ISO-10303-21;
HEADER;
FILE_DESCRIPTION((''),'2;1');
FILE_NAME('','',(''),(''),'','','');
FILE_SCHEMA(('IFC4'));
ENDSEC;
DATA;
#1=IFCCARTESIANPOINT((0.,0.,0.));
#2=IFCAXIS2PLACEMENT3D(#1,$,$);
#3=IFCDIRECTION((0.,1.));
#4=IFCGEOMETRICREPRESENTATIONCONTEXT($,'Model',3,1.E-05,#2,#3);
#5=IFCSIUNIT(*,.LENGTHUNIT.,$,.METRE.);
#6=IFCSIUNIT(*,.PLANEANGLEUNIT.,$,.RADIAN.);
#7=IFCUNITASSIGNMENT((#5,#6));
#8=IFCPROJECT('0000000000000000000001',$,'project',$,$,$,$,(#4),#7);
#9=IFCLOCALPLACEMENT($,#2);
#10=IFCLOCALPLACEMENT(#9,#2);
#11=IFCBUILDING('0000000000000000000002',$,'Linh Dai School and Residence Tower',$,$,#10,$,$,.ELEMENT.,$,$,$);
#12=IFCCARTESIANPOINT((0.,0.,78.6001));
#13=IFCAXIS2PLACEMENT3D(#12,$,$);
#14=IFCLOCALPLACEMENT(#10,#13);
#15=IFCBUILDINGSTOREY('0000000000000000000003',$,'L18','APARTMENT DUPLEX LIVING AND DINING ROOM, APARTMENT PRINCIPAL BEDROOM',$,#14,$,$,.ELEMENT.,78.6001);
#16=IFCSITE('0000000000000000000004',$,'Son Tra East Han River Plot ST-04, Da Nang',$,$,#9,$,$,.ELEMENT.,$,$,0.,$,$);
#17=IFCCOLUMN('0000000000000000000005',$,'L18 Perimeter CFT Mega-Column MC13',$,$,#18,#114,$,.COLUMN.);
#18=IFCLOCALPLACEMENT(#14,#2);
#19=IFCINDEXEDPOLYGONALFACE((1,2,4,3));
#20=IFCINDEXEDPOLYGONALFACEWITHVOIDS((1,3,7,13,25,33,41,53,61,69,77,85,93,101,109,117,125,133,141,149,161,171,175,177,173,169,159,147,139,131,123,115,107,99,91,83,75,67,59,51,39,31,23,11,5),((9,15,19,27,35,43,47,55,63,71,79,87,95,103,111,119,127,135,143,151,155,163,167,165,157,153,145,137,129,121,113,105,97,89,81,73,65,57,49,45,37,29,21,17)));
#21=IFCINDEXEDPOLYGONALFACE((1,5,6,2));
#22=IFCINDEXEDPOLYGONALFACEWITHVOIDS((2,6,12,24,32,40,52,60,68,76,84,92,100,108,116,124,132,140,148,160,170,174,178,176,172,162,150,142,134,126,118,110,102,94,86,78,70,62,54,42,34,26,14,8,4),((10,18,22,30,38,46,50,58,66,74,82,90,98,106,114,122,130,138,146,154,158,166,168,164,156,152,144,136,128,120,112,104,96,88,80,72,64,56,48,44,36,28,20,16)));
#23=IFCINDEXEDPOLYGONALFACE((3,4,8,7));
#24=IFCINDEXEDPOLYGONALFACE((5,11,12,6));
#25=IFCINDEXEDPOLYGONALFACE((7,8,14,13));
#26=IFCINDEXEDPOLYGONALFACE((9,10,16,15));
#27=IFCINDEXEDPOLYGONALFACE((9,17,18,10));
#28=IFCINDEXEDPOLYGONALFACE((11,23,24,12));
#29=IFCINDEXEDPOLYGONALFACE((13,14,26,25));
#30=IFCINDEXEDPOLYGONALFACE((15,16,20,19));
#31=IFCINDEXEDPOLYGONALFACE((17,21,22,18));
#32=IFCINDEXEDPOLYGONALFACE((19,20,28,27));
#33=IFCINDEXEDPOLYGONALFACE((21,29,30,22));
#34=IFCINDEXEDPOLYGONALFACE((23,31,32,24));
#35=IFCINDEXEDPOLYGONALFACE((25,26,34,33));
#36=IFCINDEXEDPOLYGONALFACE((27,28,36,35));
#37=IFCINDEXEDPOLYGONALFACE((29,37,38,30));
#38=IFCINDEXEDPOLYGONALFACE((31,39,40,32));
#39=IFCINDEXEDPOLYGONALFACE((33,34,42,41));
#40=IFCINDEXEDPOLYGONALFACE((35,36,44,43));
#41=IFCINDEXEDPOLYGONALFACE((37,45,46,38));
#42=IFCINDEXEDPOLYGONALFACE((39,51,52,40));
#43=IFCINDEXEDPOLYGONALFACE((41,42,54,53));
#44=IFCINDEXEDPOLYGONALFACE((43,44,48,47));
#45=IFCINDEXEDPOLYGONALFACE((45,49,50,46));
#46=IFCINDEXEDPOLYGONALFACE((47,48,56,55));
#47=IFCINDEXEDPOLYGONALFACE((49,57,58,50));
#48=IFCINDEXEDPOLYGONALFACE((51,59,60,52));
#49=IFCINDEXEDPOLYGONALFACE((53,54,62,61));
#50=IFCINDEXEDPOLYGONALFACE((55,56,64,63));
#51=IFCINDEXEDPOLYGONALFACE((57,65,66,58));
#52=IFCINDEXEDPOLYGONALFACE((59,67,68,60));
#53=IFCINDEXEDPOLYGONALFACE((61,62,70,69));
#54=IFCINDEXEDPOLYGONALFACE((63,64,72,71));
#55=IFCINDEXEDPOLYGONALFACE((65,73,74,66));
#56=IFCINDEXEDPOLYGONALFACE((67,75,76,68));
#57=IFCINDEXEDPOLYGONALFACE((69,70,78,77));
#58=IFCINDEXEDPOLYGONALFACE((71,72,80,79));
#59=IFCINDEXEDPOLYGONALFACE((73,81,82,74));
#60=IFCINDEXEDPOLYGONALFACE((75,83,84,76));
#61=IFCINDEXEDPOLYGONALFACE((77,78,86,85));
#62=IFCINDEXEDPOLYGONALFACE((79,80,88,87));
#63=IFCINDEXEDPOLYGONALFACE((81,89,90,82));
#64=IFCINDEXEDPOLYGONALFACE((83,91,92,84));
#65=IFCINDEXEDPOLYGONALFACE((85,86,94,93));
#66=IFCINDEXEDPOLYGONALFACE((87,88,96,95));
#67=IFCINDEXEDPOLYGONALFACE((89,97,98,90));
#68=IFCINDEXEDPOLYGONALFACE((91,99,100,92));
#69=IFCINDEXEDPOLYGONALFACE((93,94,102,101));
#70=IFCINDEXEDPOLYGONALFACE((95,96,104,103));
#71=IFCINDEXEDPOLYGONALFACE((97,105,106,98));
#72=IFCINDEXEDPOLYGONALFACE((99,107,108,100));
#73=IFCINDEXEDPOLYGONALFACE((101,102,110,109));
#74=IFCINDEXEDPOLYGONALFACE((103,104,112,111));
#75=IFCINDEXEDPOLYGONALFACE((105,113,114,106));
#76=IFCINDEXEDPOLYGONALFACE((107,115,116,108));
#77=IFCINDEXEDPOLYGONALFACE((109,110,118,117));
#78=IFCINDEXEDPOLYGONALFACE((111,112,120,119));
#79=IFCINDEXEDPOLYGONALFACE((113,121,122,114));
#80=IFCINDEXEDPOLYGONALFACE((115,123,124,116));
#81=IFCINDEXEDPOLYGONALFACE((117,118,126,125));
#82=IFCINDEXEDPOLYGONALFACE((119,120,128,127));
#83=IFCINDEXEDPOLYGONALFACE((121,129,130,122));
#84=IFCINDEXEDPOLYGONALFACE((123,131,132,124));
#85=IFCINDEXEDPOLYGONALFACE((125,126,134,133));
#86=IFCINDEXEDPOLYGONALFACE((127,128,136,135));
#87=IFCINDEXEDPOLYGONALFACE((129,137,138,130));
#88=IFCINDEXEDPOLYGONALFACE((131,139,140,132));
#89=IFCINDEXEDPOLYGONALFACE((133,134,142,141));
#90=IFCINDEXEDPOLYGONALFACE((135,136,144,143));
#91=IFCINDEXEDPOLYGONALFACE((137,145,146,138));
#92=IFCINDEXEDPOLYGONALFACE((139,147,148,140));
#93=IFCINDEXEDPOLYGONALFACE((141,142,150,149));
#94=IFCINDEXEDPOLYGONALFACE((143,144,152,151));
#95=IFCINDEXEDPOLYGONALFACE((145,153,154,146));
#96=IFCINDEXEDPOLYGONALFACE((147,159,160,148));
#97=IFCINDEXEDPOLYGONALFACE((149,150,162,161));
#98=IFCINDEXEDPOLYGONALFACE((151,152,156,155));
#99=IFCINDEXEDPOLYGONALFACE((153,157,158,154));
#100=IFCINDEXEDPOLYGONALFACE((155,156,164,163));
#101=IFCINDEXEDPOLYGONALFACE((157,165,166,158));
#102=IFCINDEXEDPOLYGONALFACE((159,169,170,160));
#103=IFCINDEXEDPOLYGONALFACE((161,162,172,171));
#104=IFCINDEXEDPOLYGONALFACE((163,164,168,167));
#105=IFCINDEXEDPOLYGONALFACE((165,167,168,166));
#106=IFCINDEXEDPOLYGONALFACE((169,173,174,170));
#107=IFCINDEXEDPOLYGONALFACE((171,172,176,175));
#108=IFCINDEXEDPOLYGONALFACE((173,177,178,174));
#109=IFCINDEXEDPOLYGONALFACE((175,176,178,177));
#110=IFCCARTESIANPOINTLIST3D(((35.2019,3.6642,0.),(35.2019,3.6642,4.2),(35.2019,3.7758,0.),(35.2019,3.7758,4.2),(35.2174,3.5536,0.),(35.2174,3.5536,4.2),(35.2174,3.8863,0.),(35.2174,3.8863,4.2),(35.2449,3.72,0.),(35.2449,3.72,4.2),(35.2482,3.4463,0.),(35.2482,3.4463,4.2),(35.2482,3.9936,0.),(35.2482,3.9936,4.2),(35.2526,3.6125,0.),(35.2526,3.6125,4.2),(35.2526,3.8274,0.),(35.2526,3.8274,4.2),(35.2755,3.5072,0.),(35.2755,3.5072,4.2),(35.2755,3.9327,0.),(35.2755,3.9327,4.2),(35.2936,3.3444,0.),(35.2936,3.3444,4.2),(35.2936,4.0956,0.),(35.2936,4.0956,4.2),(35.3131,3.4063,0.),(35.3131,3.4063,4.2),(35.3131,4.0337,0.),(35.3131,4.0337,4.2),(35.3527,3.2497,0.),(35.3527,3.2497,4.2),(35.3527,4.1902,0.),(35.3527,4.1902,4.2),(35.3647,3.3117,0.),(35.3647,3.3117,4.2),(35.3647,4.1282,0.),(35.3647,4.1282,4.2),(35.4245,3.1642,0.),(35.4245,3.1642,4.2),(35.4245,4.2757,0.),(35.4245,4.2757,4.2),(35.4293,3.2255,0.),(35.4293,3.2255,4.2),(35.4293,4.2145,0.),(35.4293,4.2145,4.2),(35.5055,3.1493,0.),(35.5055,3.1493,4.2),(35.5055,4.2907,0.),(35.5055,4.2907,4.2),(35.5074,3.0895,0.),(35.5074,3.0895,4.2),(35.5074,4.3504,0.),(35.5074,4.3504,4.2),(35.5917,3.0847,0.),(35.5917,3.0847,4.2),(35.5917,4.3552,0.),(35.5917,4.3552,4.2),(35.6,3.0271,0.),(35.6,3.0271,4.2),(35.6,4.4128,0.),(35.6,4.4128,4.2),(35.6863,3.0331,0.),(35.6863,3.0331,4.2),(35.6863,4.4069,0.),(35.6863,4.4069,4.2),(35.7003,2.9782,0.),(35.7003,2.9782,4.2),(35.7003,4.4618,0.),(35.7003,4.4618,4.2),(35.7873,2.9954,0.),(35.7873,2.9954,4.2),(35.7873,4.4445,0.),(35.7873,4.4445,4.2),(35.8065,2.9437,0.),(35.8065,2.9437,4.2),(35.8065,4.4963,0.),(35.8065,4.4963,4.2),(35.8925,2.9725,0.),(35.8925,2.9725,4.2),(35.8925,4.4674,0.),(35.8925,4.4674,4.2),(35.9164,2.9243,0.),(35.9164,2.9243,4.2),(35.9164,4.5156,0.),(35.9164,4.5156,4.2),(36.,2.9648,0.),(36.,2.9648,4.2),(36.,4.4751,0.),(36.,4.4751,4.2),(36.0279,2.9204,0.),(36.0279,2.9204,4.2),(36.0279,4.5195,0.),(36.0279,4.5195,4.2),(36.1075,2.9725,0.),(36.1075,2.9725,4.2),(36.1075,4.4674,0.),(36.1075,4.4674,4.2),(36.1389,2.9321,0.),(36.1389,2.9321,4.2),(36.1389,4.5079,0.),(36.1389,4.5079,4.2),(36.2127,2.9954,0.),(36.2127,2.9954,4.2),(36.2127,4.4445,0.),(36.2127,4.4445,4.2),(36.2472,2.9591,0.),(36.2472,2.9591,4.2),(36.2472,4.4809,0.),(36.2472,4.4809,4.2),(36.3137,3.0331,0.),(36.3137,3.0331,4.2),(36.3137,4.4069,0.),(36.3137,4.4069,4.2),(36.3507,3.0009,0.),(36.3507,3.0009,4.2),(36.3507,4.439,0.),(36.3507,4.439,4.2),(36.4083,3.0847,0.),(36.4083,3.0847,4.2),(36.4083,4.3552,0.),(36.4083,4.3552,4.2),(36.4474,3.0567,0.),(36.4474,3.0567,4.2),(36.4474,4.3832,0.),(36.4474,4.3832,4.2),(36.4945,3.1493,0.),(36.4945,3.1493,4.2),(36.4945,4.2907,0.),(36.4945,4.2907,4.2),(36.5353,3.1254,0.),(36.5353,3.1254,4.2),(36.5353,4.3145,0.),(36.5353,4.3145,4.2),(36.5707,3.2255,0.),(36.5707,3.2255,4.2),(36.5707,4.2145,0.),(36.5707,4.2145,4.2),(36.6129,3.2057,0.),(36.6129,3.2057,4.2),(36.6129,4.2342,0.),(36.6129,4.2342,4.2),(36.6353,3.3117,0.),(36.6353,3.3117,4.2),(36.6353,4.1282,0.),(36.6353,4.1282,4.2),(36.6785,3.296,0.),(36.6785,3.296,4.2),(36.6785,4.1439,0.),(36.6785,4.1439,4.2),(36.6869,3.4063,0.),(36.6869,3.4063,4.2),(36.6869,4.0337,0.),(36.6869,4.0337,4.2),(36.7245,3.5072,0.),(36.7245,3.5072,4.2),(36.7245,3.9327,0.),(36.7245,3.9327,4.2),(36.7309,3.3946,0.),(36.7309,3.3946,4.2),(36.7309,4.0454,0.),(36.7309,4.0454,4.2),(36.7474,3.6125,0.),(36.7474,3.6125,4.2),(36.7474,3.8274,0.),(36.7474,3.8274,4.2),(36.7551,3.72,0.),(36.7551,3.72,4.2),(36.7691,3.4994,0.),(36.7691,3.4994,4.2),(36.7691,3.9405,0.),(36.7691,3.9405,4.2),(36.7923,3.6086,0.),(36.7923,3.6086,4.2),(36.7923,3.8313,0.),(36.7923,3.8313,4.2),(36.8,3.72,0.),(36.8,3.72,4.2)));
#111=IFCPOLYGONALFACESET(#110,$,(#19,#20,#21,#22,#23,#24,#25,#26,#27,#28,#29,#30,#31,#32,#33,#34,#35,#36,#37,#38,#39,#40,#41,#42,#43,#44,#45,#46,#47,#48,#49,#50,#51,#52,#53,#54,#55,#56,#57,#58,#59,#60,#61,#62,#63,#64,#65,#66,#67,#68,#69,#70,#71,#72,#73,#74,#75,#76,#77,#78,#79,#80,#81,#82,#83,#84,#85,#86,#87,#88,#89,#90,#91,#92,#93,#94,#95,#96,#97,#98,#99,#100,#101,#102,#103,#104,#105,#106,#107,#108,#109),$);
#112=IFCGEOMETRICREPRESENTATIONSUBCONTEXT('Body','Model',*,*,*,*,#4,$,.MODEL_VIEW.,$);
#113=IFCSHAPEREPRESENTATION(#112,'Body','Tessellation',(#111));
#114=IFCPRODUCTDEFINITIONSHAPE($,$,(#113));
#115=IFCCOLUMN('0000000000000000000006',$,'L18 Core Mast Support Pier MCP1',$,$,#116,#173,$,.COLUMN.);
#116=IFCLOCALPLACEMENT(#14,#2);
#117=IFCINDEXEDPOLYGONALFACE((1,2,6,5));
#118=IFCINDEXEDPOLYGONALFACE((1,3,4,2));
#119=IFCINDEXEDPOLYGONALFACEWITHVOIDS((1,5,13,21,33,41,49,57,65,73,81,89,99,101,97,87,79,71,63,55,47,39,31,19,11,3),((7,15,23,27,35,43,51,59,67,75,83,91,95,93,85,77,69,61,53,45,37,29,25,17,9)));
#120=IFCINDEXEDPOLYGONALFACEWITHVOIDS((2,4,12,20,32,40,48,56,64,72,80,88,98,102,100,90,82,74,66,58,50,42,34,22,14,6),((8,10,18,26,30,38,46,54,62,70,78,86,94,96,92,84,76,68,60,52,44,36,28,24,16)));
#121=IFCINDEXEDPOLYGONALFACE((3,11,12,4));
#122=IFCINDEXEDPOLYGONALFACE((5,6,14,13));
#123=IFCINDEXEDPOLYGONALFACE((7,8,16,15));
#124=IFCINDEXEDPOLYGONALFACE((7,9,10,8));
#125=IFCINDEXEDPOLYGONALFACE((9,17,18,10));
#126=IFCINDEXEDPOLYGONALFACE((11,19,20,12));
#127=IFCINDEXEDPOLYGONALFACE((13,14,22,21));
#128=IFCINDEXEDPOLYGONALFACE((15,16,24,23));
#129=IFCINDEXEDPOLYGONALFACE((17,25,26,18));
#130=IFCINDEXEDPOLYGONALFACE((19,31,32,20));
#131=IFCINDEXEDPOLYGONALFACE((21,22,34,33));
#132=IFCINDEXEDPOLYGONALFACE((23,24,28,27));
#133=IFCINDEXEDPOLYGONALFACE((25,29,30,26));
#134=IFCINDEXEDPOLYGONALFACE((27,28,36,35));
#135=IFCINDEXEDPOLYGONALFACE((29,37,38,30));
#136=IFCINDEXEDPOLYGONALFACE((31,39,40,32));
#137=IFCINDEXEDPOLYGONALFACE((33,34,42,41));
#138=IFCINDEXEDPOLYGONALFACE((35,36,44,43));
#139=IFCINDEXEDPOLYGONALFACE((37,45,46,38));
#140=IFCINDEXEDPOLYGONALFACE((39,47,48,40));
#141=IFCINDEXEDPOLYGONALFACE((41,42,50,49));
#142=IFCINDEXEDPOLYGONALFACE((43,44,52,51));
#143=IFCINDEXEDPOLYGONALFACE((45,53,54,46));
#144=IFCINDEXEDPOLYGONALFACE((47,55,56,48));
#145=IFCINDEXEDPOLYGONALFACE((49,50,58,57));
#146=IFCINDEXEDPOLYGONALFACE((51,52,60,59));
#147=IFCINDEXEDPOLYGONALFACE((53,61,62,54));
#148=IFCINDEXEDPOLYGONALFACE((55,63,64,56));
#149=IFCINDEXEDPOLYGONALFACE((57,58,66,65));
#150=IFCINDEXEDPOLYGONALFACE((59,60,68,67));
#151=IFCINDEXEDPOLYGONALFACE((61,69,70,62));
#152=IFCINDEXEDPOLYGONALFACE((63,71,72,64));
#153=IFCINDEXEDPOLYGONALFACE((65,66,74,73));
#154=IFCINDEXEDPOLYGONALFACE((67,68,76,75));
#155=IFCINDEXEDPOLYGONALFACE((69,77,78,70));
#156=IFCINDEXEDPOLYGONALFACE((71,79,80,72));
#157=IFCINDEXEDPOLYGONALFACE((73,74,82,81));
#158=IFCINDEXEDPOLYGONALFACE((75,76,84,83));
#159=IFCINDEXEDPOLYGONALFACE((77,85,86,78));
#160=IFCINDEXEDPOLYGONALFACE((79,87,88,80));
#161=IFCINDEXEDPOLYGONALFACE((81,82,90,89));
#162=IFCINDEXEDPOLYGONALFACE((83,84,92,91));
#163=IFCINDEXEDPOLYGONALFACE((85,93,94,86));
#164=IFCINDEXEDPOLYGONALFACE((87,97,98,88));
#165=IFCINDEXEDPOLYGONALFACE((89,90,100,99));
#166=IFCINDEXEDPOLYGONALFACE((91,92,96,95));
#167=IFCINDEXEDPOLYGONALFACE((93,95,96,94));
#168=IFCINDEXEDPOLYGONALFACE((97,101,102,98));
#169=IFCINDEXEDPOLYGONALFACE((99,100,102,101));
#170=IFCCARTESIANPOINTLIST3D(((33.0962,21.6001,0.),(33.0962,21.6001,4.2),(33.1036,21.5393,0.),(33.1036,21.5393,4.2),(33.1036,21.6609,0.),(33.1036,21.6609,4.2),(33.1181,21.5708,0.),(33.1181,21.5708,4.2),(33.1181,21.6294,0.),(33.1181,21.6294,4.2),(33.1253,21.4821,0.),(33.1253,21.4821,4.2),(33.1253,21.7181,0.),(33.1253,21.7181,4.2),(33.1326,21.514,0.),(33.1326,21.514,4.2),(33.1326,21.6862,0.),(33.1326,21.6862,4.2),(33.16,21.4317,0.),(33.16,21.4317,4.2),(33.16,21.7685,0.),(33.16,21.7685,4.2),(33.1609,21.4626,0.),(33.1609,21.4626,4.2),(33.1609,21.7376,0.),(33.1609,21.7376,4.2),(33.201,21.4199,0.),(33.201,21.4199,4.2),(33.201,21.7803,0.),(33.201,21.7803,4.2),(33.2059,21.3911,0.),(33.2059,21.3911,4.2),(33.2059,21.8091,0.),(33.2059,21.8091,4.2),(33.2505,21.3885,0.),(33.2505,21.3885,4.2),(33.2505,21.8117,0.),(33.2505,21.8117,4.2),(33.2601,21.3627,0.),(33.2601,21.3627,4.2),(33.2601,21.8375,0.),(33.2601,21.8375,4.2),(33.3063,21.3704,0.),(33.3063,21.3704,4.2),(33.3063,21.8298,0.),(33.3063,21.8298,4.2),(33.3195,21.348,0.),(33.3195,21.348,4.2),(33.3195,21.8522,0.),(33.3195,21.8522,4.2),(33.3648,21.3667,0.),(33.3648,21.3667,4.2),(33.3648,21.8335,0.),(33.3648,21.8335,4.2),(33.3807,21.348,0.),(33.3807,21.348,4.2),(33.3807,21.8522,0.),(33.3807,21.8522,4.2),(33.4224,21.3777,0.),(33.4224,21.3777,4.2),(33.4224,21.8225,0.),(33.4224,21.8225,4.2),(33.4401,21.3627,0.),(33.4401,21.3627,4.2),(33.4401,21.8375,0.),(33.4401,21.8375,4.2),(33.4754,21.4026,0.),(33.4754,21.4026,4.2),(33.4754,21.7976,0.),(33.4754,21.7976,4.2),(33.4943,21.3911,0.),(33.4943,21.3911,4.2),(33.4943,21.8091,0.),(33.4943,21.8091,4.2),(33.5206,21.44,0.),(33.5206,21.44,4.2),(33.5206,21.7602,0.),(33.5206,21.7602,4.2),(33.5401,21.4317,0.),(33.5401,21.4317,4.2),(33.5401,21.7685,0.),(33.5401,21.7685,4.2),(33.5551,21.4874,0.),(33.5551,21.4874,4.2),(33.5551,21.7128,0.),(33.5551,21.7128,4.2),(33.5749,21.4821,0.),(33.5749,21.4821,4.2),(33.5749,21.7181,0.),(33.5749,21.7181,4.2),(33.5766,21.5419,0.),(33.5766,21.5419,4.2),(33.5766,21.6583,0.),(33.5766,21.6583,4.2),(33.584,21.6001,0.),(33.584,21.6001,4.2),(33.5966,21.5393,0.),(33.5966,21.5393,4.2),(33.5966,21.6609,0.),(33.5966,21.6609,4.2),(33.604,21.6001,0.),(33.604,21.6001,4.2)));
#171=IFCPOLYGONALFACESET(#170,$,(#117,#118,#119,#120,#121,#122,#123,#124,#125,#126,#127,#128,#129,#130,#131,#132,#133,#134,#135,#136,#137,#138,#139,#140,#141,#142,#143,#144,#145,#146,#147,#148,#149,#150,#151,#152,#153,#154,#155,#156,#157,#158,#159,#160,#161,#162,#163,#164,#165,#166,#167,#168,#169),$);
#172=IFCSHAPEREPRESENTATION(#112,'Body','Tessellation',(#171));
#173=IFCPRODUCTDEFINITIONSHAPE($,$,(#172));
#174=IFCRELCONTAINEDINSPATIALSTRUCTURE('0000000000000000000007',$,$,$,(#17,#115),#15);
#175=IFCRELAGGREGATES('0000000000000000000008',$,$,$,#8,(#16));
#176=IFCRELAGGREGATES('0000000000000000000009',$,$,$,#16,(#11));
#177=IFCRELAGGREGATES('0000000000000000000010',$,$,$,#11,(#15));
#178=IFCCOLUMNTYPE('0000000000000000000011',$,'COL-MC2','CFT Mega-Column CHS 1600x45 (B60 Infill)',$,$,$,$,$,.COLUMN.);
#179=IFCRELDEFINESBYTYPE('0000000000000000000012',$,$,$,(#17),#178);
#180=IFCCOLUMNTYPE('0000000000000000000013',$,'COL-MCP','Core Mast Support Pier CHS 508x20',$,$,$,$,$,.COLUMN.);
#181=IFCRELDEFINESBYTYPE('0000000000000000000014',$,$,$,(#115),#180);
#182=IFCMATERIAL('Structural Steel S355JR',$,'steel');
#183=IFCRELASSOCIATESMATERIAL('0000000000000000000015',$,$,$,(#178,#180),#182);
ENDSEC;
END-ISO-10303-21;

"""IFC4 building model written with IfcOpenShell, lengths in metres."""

from ifc_helpers import new_model, si_unit, direction, frame, origin, origin_2d, place, context, subcontext, project, spatial, hollow_circle, extrude, material, material_profile, profile_set, type_object, element, save


model = new_model("IFC4")

# Units and contexts
model_context = context("Model", 3, precision=1e-05, world=origin(), true_north=direction((0.0, 1.0)))
body_context = subcontext(model_context, "Body", "Model", "MODEL_VIEW")
ifc_project = project(units=[si_unit("LENGTHUNIT", "METRE"), si_unit("PLANEANGLEUNIT", "RADIAN")], contexts=[model_context])

# Site, building, storey
site_placement = place(None, origin())
site = spatial("IfcSite", under=ifc_project, at=site_placement, Name="Son Tra East Han River Plot ST-04, Da Nang", CompositionType="ELEMENT", RefElevation=0.0)
building_placement = place(site_placement, origin())
building = spatial("IfcBuilding", under=site, at=building_placement, Name="Linh Dai School and Residence Tower", CompositionType="ELEMENT")
storey_placement = place(building_placement, frame((0.0, 0.0, 78.6001)))
storey = spatial("IfcBuildingStorey", under=building, at=storey_placement, Name="L18", Description="APARTMENT DUPLEX LIVING AND DINING ROOM, APARTMENT PRINCIPAL BEDROOM", CompositionType="ELEMENT", Elevation=78.6001)

# Columns
ifc_material_1 = material(Name="Structural Steel S355JR", Category="steel")
ifc_material_profile_1 = material_profile(ifc_material_1, hollow_circle(Radius=0.8, WallThickness=0.0449, at=origin_2d()), Name="CHS 1600x45")
ifc_profile_set_1 = profile_set([ifc_material_profile_1], Name="Structural Steel S355JR")
column_type_1 = type_object("IfcColumnType", Name="COL-MC2", Description="CFT Mega-Column CHS 1600x45 (B60 Infill)", PredefinedType="COLUMN", material=ifc_profile_set_1)
column_1_placement = place(storey_placement, frame((36.0, 3.72, 0.0), z_axis=(0.0, 0.0, 1.0), x_axis=(1.0, 0.0, 0.0)))
element("IfcColumn", 1, at=column_1_placement, inside=storey, type_object=column_type_1, Name="L18 Perimeter CFT Mega-Column MC13", PredefinedType="COLUMN", context=body_context, shape_type="SweptSolid", body=[
    extrude(hollow_circle(Radius=0.8, WallThickness=0.0449, at=origin_2d()), origin(), (0.0, 0.0, 1.0), 4.2),
])
ifc_material_profile_2 = material_profile(ifc_material_1, hollow_circle(Radius=0.2539, WallThickness=0.02, at=origin_2d()), Name="CHS 508x20")
ifc_profile_set_2 = profile_set([ifc_material_profile_2], Name="Structural Steel S355JR")
column_type_2 = type_object("IfcColumnType", Name="COL-MCP", Description="Core Mast Support Pier CHS 508x20", PredefinedType="COLUMN", material=ifc_profile_set_2)
column_2_placement = place(storey_placement, frame((33.3501, 21.6001, 0.0), z_axis=(0.0, 0.0, 1.0), x_axis=(1.0, 0.0, 0.0)))
element("IfcColumn", 2, at=column_2_placement, inside=storey, type_object=column_type_2, Name="L18 Core Mast Support Pier MCP1", PredefinedType="COLUMN", context=body_context, shape_type="SweptSolid", body=[
    extrude(hollow_circle(Radius=0.2539, WallThickness=0.02, at=origin_2d()), origin(), (0.0, 0.0, 1.0), 4.2),
])

save(model, "model.ifc")
